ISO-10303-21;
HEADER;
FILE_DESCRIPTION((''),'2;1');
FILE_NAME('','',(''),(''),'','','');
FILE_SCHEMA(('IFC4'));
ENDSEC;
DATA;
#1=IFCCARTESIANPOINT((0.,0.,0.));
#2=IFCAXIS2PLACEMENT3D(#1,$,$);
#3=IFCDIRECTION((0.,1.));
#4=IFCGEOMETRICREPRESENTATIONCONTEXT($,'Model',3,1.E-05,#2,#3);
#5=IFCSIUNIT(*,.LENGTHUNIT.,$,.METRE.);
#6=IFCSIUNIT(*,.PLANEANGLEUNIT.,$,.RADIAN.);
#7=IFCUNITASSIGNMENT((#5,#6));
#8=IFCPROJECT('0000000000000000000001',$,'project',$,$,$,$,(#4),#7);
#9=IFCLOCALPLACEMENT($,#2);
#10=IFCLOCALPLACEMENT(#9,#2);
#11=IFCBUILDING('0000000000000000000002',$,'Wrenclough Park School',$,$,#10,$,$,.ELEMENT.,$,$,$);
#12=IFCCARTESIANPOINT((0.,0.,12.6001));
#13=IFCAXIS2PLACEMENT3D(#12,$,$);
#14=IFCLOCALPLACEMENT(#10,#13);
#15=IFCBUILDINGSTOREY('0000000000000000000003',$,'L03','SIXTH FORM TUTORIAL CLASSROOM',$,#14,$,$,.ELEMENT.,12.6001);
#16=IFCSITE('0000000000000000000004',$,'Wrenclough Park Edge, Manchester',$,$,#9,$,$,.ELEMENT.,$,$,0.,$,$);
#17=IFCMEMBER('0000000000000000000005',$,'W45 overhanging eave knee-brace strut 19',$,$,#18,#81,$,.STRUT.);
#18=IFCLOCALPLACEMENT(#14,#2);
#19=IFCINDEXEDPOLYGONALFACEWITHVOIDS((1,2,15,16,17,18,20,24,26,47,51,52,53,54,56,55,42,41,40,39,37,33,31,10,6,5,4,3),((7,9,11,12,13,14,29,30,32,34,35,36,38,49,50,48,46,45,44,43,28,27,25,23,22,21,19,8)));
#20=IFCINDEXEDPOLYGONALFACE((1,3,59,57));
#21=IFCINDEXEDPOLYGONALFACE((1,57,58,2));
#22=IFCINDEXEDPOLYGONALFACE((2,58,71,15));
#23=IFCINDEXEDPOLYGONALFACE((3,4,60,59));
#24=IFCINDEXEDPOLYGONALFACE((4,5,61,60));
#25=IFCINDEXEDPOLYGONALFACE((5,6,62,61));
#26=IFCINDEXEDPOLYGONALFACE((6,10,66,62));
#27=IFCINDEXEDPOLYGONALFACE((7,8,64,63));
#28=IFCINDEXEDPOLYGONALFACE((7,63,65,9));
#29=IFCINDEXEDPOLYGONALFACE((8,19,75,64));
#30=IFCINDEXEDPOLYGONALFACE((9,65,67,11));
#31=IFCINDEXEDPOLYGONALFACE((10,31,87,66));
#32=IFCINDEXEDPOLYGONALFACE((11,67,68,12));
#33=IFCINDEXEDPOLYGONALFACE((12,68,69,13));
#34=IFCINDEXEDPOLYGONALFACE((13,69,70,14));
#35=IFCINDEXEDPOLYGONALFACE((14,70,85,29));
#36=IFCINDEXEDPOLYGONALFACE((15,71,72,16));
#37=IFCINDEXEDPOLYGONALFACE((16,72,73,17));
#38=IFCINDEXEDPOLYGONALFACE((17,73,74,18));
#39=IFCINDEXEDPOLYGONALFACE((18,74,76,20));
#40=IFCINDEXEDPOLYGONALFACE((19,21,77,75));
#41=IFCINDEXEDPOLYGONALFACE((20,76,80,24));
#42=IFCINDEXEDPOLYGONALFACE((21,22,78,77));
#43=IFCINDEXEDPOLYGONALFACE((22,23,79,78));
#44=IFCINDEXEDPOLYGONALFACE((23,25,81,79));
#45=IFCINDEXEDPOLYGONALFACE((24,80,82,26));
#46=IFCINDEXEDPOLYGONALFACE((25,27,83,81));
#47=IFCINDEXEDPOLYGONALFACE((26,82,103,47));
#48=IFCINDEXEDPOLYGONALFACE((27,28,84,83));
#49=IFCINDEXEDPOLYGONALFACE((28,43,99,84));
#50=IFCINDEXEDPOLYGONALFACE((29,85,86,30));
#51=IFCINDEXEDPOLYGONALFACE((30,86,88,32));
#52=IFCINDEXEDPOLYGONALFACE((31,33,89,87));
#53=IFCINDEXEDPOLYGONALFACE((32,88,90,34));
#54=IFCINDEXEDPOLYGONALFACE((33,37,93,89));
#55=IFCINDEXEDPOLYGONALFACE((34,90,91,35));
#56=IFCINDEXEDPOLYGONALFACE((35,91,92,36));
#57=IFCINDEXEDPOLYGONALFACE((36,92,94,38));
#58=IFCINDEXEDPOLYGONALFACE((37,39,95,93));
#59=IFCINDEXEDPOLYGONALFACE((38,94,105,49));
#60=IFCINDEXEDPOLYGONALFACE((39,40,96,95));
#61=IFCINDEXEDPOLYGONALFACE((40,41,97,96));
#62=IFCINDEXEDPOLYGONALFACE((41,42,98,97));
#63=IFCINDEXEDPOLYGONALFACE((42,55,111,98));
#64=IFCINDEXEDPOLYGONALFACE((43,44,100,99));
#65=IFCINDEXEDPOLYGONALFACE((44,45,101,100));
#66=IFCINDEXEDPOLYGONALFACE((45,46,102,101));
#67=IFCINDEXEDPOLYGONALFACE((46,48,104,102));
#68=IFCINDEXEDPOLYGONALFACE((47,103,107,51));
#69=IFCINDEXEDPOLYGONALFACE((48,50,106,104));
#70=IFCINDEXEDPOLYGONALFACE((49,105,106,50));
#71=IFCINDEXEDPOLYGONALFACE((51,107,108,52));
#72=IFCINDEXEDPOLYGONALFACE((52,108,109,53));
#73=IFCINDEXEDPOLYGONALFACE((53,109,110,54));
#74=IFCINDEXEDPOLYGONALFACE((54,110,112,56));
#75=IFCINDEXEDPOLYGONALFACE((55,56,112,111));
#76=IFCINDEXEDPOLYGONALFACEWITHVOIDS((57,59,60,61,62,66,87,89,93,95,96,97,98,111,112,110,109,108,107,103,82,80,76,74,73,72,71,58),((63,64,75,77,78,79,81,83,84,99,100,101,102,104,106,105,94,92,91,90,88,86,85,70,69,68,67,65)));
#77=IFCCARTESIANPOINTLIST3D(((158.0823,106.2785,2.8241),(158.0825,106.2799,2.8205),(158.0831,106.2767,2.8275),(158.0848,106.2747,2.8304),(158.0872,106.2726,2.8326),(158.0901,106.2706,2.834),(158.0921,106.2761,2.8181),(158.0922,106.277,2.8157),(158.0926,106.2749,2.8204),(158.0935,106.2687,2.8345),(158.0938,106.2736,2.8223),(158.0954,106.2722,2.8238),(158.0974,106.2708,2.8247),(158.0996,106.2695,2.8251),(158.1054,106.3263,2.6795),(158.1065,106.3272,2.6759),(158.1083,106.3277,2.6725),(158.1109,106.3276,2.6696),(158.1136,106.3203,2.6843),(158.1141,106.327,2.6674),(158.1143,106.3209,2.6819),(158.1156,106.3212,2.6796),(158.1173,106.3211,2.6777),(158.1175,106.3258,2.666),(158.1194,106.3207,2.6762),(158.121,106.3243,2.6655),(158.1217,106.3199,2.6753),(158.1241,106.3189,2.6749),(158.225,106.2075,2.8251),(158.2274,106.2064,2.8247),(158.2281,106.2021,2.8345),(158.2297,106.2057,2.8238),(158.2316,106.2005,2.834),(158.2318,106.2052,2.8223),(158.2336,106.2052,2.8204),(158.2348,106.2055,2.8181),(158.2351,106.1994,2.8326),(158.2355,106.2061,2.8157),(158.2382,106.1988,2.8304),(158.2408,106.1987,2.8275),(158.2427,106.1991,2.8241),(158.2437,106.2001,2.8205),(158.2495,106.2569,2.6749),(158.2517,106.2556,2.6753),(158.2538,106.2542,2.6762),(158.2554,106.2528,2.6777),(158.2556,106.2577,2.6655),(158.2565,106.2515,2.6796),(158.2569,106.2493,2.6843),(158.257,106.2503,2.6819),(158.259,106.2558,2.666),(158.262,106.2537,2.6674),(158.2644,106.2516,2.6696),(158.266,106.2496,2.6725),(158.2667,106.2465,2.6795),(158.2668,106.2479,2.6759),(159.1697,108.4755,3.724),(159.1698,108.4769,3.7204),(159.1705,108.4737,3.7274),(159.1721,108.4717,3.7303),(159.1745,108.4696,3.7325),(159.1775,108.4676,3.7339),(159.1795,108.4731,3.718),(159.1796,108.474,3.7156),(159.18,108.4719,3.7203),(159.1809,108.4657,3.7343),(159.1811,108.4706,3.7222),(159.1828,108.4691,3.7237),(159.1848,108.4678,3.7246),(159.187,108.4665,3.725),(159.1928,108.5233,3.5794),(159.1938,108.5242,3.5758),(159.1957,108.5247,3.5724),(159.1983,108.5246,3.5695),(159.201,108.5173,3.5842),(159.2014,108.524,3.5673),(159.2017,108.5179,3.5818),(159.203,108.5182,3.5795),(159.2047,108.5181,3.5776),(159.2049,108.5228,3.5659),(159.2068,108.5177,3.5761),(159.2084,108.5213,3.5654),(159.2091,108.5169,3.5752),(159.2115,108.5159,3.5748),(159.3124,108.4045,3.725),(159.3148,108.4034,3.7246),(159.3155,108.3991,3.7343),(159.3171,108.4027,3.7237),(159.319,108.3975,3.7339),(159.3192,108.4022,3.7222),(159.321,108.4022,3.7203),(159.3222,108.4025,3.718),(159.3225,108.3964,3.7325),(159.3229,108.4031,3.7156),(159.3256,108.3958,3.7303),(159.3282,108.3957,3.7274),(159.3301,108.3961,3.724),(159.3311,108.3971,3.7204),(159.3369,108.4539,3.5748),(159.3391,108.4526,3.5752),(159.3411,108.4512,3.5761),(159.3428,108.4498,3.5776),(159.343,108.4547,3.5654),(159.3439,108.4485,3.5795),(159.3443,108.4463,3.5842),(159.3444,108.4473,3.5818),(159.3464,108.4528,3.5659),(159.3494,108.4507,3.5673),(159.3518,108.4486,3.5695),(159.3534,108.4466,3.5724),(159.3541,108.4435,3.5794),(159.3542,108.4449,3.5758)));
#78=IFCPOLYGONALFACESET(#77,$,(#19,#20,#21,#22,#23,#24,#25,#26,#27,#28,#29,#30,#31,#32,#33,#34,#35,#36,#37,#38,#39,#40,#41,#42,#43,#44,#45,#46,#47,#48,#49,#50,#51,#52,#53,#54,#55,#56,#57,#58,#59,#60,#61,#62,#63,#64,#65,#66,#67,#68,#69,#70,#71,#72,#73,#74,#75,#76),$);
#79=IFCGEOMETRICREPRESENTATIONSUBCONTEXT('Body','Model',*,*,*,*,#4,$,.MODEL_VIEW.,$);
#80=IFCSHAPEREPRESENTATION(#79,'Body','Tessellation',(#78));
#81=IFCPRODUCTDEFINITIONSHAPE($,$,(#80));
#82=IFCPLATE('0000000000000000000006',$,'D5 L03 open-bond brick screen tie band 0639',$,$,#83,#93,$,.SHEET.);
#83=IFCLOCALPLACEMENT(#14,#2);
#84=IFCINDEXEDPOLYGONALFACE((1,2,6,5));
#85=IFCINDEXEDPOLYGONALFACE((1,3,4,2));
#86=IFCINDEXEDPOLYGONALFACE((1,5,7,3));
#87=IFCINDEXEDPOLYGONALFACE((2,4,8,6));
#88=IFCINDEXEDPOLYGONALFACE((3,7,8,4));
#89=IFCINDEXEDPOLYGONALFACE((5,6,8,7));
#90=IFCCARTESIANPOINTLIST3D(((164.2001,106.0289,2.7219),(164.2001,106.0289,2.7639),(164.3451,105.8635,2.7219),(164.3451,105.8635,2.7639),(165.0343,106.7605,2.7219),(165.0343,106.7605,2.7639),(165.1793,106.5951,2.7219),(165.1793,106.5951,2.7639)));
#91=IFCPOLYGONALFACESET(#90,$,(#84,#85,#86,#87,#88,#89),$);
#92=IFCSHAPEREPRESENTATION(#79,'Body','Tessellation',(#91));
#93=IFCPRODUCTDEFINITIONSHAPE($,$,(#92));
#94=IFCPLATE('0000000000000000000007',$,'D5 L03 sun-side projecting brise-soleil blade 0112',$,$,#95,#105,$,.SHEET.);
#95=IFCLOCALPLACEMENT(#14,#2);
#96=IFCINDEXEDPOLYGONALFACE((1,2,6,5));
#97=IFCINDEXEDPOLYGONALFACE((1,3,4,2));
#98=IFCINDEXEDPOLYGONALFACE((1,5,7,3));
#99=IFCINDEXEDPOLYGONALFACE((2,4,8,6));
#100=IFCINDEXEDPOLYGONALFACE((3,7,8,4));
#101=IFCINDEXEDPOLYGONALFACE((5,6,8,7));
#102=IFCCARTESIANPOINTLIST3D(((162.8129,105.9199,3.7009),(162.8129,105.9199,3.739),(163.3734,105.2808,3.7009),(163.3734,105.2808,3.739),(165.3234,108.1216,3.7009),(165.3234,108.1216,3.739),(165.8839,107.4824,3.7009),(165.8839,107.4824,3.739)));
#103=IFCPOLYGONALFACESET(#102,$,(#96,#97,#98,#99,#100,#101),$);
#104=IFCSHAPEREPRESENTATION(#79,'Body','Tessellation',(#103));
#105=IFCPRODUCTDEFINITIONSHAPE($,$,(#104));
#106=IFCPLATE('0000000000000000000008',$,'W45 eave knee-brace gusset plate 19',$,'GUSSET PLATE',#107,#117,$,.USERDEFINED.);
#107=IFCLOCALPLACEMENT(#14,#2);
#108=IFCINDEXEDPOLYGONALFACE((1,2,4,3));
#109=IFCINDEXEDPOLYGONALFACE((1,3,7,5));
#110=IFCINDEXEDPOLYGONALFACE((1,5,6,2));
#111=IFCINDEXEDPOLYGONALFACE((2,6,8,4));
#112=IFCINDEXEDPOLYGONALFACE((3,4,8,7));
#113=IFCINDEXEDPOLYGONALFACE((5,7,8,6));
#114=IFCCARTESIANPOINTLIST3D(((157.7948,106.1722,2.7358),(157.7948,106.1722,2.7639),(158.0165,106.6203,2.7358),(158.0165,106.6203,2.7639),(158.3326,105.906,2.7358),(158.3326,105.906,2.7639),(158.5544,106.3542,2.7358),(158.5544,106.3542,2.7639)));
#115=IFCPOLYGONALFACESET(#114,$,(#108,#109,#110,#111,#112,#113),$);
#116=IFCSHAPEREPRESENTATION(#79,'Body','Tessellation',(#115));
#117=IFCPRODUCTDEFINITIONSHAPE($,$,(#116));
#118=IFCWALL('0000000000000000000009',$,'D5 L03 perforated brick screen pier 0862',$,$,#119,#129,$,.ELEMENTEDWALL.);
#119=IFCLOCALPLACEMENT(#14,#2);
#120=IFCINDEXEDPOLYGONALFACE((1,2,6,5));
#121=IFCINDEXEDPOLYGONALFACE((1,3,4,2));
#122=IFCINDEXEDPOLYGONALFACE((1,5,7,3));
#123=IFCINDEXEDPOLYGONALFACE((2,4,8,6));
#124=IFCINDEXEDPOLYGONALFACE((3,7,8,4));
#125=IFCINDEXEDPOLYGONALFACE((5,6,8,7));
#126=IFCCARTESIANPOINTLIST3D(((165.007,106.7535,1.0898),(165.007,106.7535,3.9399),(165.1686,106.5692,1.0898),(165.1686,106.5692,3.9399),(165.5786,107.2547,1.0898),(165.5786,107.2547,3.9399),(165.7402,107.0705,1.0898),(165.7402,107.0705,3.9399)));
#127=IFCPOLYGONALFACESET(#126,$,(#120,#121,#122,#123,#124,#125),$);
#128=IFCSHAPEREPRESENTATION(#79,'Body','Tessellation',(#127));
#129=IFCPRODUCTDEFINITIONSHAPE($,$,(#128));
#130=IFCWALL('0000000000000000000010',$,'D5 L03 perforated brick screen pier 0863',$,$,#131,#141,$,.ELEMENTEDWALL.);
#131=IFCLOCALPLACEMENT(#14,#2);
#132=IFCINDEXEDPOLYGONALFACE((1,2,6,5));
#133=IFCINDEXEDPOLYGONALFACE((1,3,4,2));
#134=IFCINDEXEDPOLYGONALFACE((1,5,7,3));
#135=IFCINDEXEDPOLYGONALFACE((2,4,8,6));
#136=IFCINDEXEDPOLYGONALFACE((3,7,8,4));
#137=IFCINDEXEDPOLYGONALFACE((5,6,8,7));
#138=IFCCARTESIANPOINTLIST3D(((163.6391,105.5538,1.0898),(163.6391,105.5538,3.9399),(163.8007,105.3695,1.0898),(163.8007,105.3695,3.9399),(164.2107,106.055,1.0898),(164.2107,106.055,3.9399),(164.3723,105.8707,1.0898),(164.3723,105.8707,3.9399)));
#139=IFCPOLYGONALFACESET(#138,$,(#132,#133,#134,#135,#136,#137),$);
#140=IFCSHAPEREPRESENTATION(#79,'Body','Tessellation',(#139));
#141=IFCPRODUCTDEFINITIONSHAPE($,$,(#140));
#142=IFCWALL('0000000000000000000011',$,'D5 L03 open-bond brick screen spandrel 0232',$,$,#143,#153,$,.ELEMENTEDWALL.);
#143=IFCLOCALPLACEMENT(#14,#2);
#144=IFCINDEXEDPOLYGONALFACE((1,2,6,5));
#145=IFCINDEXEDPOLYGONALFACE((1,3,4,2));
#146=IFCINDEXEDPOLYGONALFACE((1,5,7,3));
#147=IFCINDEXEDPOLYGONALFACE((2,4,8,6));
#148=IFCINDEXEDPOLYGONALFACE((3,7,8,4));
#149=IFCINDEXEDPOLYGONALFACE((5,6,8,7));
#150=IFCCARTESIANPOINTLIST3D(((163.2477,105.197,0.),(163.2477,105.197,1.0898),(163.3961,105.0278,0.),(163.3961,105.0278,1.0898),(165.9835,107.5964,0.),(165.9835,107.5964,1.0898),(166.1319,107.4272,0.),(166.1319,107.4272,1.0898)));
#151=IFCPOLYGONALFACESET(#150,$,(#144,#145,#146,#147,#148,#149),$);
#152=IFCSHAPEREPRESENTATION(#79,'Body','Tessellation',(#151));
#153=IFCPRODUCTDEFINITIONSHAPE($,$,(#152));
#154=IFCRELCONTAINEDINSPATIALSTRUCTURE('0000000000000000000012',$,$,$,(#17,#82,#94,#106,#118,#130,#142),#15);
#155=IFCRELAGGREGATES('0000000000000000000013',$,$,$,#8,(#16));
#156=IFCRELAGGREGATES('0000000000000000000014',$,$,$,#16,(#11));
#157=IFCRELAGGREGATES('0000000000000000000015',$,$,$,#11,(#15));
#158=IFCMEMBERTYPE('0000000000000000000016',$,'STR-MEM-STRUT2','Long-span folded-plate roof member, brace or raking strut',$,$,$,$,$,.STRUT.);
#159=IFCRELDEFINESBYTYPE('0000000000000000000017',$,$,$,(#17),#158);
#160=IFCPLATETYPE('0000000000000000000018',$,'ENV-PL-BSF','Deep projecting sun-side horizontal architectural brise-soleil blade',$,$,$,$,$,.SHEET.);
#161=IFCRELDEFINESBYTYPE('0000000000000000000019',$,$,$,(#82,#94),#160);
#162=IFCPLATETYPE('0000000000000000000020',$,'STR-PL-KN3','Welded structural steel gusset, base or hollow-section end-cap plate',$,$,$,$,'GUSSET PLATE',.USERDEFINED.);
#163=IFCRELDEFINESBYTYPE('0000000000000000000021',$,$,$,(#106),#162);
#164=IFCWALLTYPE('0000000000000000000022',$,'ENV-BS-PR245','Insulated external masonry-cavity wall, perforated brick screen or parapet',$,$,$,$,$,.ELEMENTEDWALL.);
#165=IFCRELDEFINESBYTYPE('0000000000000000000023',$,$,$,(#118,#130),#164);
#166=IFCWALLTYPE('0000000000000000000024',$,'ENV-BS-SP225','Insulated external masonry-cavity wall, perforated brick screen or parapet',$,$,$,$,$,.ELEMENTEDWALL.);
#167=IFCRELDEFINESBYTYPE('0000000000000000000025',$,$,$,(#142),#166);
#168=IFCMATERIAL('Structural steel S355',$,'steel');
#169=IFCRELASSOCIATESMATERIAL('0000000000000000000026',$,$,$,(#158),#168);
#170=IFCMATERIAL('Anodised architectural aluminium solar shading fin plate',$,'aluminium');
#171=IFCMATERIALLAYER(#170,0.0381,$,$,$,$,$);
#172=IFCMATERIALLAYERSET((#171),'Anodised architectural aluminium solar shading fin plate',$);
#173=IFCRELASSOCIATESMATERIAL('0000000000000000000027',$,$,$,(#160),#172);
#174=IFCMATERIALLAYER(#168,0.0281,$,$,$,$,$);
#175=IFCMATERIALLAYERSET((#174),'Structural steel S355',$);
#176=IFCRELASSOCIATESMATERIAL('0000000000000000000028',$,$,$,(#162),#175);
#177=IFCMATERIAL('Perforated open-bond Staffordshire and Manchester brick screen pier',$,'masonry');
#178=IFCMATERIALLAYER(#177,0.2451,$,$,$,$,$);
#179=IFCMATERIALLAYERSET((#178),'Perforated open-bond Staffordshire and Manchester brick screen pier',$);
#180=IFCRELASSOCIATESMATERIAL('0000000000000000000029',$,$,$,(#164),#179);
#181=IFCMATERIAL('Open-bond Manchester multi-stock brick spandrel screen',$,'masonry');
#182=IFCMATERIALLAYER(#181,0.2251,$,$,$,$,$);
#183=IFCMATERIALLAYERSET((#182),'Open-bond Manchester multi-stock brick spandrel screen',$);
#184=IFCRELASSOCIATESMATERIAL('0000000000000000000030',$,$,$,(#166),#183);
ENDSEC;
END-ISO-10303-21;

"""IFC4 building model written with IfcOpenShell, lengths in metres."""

from ifc_helpers import new_model, si_unit, direction, frame, frame_2d, origin, origin_2d, place, context, subcontext, project, spatial, rectangle, hollow_rectangle, extrude, material, layer, layer_set, material_profile, profile_set, type_object, element, save


model = new_model("IFC4")

# Units and contexts
model_context = context("Model", 3, precision=1e-05, world=origin(), true_north=direction((0.0, 1.0)))
body_context = subcontext(model_context, "Body", "Model", "MODEL_VIEW")
ifc_project = project(units=[si_unit("LENGTHUNIT", "METRE"), si_unit("PLANEANGLEUNIT", "RADIAN")], contexts=[model_context])

# Site, building, storey
site_placement = place(None, origin())
site = spatial("IfcSite", under=ifc_project, at=site_placement, Name="Wrenclough Park Edge, Manchester", CompositionType="ELEMENT", RefElevation=0.0)
building_placement = place(site_placement, origin())
building = spatial("IfcBuilding", under=site, at=building_placement, Name="Wrenclough Park School", CompositionType="ELEMENT")
storey_placement = place(building_placement, frame((0.0, 0.0, 12.6001)))
storey = spatial("IfcBuildingStorey", under=building, at=storey_placement, Name="L03", Description="SIXTH FORM TUTORIAL CLASSROOM", CompositionType="ELEMENT", Elevation=12.6001)

# Shared definitions
ifc_material_1 = material(Name="Structural steel S355", Category="steel")

# Member
ifc_material_profile_1 = material_profile(ifc_material_1, hollow_rectangle(XDim=0.1799, YDim=0.1799, WallThickness=0.01, InnerFilletRadius=0.01, OuterFilletRadius=0.0149, at=origin_2d()), Name="SHS 180x180x10.0")
ifc_profile_set_1 = profile_set([ifc_material_profile_1], Name="Structural steel S355")
member_type = type_object("IfcMemberType", Name="STR-MEM-STRUT2", Description="Long-span folded-plate roof member, brace or raking strut", PredefinedType="STRUT", material=ifc_profile_set_1)
member_placement = place(storey_placement, frame((158.1746, 106.2632, 2.75), z_axis=(0.416413, 0.841334, 0.344611), x_axis=(-0.896232, 0.443585, 0.0)))
element("IfcMember", 1, at=member_placement, inside=storey, type_object=member_type, Name="W45 overhanging eave knee-brace strut 19", PredefinedType="STRUT", context=body_context, shape_type="SweptSolid", body=[
    extrude(hollow_rectangle(XDim=0.1799, YDim=0.1799, WallThickness=0.01, InnerFilletRadius=0.01, OuterFilletRadius=0.0149, at=origin_2d()), origin(), (0.0, 0.0, 1.0), 2.6113),
])

# Plates
ifc_material_2 = material(Name="Anodised architectural aluminium solar shading fin plate", Category="aluminium")
ifc_layer_1 = layer(ifc_material_2, 0.0381)
ifc_layer_set_1 = layer_set([ifc_layer_1], Name="Anodised architectural aluminium solar shading fin plate")
plate_type_1 = type_object("IfcPlateType", Name="ENV-PL-BSF", Description="Deep projecting sun-side horizontal architectural brise-soleil blade", PredefinedType="SHEET", material=ifc_layer_set_1)
plate_1_placement = place(storey_placement, frame((164.6897, 106.312, 2.7219), z_axis=(0.0, 0.0, 1.0), x_axis=(-0.751841, -0.659345, 0.0)))
element("IfcPlate", 2, at=plate_1_placement, inside=storey, type_object=plate_type_1, Name="D5 L03 open-bond brick screen tie band 0639", PredefinedType="SHEET", context=body_context, shape_type="SweptSolid", body=[
    extrude(rectangle(XDim=1.1096, YDim=0.22, at=origin_2d()), origin(), (0.0, 0.0, 1.0), 0.042),
])
plate_2_placement = place(storey_placement, frame((164.3484, 106.7012, 3.7009), z_axis=(0.0, 0.0, 1.0), x_axis=(-0.751841, -0.659345, 0.0)))
element("IfcPlate", 3, at=plate_2_placement, inside=storey, type_object=plate_type_1, Name="D5 L03 sun-side projecting brise-soleil blade 0112", PredefinedType="SHEET", context=body_context, shape_type="SweptSolid", body=[
    extrude(rectangle(XDim=3.3391, YDim=0.8501, at=origin_2d()), origin(), (0.0, 0.0, 1.0), 0.0381),
])
ifc_layer_2 = layer(ifc_material_1, 0.0281)
ifc_layer_set_2 = layer_set([ifc_layer_2], Name="Structural steel S355")
plate_type_2 = type_object("IfcPlateType", Name="STR-PL-KN3", Description="Welded structural steel gusset, base or hollow-section end-cap plate", ElementType="GUSSET PLATE", PredefinedType="USERDEFINED", material=ifc_layer_set_2)
plate_3_placement = place(storey_placement, frame((158.1746, 106.2632, 2.7358), z_axis=(0.0, 0.0, 1.0), x_axis=(0.896268, -0.443514, 0.0)))
element("IfcPlate", 4, at=plate_3_placement, inside=storey, type_object=plate_type_2, Name="W45 eave knee-brace gusset plate 19", ObjectType="GUSSET PLATE", PredefinedType="USERDEFINED", context=body_context, shape_type="SweptSolid", body=[
    extrude(rectangle(XDim=0.6001, YDim=0.5, at=origin_2d()), origin(), (0.0, 0.0, 1.0), 0.0281),
])

# Walls
ifc_material_3 = material(Name="Perforated open-bond Staffordshire and Manchester brick screen pier", Category="masonry")
ifc_layer_3 = layer(ifc_material_3, 0.2451)
ifc_layer_set_3 = layer_set([ifc_layer_3], Name="Perforated open-bond Staffordshire and Manchester brick screen pier")
wall_type_1 = type_object("IfcWallType", Name="ENV-BS-PR245", Description="Insulated external masonry-cavity wall, perforated brick screen or parapet", PredefinedType="ELEMENTEDWALL", material=ifc_layer_set_3)
for number, where, z_axis, x_axis, name in (
    (5, (165.6594, 107.1626, 1.0898), (0.0, 0.0, 1.0), (-0.75184, -0.659345, 0.0), "D5 L03 perforated brick screen pier 0862"),
    (6, (164.2915, 105.9629, 1.0898), (0.0, 0.0, 1.0), (-0.75184, -0.659345, 0.0), "D5 L03 perforated brick screen pier 0863"),
):
    element("IfcWall", number, at=place(storey_placement, frame(where, z_axis=z_axis, x_axis=x_axis)), inside=storey, type_object=wall_type_1, Name=name, PredefinedType="ELEMENTEDWALL", context=body_context, shape_type="SweptSolid", body=[
        extrude(rectangle(XDim=0.7603, YDim=0.2451, at=frame_2d((0.3801, 0.0))), origin(), (0.0, 0.0, 1.0), 2.8501),
    ])
ifc_material_4 = material(Name="Open-bond Manchester multi-stock brick spandrel screen", Category="masonry")
ifc_layer_4 = layer(ifc_material_4, 0.2251)
ifc_layer_set_4 = layer_set([ifc_layer_4], Name="Open-bond Manchester multi-stock brick spandrel screen")
wall_type_2 = type_object("IfcWallType", Name="ENV-BS-SP225", Description="Insulated external masonry-cavity wall, perforated brick screen or parapet", PredefinedType="ELEMENTEDWALL", material=ifc_layer_set_4)
wall_1_placement = place(storey_placement, frame((166.0576, 107.5117, 0.0), z_axis=(0.0, 0.0, 1.0), x_axis=(-0.75182, -0.659369, 0.0)))
element("IfcWall", 7, at=wall_1_placement, inside=storey, type_object=wall_type_2, Name="D5 L03 open-bond brick screen spandrel 0232", PredefinedType="ELEMENTEDWALL", context=body_context, shape_type="SweptSolid", body=[
    extrude(rectangle(XDim=3.6389, YDim=0.2251, at=frame_2d((1.8193, 0.0))), origin(), (0.0, 0.0, 1.0), 1.0898),
])

save(model, "model.ifc")
